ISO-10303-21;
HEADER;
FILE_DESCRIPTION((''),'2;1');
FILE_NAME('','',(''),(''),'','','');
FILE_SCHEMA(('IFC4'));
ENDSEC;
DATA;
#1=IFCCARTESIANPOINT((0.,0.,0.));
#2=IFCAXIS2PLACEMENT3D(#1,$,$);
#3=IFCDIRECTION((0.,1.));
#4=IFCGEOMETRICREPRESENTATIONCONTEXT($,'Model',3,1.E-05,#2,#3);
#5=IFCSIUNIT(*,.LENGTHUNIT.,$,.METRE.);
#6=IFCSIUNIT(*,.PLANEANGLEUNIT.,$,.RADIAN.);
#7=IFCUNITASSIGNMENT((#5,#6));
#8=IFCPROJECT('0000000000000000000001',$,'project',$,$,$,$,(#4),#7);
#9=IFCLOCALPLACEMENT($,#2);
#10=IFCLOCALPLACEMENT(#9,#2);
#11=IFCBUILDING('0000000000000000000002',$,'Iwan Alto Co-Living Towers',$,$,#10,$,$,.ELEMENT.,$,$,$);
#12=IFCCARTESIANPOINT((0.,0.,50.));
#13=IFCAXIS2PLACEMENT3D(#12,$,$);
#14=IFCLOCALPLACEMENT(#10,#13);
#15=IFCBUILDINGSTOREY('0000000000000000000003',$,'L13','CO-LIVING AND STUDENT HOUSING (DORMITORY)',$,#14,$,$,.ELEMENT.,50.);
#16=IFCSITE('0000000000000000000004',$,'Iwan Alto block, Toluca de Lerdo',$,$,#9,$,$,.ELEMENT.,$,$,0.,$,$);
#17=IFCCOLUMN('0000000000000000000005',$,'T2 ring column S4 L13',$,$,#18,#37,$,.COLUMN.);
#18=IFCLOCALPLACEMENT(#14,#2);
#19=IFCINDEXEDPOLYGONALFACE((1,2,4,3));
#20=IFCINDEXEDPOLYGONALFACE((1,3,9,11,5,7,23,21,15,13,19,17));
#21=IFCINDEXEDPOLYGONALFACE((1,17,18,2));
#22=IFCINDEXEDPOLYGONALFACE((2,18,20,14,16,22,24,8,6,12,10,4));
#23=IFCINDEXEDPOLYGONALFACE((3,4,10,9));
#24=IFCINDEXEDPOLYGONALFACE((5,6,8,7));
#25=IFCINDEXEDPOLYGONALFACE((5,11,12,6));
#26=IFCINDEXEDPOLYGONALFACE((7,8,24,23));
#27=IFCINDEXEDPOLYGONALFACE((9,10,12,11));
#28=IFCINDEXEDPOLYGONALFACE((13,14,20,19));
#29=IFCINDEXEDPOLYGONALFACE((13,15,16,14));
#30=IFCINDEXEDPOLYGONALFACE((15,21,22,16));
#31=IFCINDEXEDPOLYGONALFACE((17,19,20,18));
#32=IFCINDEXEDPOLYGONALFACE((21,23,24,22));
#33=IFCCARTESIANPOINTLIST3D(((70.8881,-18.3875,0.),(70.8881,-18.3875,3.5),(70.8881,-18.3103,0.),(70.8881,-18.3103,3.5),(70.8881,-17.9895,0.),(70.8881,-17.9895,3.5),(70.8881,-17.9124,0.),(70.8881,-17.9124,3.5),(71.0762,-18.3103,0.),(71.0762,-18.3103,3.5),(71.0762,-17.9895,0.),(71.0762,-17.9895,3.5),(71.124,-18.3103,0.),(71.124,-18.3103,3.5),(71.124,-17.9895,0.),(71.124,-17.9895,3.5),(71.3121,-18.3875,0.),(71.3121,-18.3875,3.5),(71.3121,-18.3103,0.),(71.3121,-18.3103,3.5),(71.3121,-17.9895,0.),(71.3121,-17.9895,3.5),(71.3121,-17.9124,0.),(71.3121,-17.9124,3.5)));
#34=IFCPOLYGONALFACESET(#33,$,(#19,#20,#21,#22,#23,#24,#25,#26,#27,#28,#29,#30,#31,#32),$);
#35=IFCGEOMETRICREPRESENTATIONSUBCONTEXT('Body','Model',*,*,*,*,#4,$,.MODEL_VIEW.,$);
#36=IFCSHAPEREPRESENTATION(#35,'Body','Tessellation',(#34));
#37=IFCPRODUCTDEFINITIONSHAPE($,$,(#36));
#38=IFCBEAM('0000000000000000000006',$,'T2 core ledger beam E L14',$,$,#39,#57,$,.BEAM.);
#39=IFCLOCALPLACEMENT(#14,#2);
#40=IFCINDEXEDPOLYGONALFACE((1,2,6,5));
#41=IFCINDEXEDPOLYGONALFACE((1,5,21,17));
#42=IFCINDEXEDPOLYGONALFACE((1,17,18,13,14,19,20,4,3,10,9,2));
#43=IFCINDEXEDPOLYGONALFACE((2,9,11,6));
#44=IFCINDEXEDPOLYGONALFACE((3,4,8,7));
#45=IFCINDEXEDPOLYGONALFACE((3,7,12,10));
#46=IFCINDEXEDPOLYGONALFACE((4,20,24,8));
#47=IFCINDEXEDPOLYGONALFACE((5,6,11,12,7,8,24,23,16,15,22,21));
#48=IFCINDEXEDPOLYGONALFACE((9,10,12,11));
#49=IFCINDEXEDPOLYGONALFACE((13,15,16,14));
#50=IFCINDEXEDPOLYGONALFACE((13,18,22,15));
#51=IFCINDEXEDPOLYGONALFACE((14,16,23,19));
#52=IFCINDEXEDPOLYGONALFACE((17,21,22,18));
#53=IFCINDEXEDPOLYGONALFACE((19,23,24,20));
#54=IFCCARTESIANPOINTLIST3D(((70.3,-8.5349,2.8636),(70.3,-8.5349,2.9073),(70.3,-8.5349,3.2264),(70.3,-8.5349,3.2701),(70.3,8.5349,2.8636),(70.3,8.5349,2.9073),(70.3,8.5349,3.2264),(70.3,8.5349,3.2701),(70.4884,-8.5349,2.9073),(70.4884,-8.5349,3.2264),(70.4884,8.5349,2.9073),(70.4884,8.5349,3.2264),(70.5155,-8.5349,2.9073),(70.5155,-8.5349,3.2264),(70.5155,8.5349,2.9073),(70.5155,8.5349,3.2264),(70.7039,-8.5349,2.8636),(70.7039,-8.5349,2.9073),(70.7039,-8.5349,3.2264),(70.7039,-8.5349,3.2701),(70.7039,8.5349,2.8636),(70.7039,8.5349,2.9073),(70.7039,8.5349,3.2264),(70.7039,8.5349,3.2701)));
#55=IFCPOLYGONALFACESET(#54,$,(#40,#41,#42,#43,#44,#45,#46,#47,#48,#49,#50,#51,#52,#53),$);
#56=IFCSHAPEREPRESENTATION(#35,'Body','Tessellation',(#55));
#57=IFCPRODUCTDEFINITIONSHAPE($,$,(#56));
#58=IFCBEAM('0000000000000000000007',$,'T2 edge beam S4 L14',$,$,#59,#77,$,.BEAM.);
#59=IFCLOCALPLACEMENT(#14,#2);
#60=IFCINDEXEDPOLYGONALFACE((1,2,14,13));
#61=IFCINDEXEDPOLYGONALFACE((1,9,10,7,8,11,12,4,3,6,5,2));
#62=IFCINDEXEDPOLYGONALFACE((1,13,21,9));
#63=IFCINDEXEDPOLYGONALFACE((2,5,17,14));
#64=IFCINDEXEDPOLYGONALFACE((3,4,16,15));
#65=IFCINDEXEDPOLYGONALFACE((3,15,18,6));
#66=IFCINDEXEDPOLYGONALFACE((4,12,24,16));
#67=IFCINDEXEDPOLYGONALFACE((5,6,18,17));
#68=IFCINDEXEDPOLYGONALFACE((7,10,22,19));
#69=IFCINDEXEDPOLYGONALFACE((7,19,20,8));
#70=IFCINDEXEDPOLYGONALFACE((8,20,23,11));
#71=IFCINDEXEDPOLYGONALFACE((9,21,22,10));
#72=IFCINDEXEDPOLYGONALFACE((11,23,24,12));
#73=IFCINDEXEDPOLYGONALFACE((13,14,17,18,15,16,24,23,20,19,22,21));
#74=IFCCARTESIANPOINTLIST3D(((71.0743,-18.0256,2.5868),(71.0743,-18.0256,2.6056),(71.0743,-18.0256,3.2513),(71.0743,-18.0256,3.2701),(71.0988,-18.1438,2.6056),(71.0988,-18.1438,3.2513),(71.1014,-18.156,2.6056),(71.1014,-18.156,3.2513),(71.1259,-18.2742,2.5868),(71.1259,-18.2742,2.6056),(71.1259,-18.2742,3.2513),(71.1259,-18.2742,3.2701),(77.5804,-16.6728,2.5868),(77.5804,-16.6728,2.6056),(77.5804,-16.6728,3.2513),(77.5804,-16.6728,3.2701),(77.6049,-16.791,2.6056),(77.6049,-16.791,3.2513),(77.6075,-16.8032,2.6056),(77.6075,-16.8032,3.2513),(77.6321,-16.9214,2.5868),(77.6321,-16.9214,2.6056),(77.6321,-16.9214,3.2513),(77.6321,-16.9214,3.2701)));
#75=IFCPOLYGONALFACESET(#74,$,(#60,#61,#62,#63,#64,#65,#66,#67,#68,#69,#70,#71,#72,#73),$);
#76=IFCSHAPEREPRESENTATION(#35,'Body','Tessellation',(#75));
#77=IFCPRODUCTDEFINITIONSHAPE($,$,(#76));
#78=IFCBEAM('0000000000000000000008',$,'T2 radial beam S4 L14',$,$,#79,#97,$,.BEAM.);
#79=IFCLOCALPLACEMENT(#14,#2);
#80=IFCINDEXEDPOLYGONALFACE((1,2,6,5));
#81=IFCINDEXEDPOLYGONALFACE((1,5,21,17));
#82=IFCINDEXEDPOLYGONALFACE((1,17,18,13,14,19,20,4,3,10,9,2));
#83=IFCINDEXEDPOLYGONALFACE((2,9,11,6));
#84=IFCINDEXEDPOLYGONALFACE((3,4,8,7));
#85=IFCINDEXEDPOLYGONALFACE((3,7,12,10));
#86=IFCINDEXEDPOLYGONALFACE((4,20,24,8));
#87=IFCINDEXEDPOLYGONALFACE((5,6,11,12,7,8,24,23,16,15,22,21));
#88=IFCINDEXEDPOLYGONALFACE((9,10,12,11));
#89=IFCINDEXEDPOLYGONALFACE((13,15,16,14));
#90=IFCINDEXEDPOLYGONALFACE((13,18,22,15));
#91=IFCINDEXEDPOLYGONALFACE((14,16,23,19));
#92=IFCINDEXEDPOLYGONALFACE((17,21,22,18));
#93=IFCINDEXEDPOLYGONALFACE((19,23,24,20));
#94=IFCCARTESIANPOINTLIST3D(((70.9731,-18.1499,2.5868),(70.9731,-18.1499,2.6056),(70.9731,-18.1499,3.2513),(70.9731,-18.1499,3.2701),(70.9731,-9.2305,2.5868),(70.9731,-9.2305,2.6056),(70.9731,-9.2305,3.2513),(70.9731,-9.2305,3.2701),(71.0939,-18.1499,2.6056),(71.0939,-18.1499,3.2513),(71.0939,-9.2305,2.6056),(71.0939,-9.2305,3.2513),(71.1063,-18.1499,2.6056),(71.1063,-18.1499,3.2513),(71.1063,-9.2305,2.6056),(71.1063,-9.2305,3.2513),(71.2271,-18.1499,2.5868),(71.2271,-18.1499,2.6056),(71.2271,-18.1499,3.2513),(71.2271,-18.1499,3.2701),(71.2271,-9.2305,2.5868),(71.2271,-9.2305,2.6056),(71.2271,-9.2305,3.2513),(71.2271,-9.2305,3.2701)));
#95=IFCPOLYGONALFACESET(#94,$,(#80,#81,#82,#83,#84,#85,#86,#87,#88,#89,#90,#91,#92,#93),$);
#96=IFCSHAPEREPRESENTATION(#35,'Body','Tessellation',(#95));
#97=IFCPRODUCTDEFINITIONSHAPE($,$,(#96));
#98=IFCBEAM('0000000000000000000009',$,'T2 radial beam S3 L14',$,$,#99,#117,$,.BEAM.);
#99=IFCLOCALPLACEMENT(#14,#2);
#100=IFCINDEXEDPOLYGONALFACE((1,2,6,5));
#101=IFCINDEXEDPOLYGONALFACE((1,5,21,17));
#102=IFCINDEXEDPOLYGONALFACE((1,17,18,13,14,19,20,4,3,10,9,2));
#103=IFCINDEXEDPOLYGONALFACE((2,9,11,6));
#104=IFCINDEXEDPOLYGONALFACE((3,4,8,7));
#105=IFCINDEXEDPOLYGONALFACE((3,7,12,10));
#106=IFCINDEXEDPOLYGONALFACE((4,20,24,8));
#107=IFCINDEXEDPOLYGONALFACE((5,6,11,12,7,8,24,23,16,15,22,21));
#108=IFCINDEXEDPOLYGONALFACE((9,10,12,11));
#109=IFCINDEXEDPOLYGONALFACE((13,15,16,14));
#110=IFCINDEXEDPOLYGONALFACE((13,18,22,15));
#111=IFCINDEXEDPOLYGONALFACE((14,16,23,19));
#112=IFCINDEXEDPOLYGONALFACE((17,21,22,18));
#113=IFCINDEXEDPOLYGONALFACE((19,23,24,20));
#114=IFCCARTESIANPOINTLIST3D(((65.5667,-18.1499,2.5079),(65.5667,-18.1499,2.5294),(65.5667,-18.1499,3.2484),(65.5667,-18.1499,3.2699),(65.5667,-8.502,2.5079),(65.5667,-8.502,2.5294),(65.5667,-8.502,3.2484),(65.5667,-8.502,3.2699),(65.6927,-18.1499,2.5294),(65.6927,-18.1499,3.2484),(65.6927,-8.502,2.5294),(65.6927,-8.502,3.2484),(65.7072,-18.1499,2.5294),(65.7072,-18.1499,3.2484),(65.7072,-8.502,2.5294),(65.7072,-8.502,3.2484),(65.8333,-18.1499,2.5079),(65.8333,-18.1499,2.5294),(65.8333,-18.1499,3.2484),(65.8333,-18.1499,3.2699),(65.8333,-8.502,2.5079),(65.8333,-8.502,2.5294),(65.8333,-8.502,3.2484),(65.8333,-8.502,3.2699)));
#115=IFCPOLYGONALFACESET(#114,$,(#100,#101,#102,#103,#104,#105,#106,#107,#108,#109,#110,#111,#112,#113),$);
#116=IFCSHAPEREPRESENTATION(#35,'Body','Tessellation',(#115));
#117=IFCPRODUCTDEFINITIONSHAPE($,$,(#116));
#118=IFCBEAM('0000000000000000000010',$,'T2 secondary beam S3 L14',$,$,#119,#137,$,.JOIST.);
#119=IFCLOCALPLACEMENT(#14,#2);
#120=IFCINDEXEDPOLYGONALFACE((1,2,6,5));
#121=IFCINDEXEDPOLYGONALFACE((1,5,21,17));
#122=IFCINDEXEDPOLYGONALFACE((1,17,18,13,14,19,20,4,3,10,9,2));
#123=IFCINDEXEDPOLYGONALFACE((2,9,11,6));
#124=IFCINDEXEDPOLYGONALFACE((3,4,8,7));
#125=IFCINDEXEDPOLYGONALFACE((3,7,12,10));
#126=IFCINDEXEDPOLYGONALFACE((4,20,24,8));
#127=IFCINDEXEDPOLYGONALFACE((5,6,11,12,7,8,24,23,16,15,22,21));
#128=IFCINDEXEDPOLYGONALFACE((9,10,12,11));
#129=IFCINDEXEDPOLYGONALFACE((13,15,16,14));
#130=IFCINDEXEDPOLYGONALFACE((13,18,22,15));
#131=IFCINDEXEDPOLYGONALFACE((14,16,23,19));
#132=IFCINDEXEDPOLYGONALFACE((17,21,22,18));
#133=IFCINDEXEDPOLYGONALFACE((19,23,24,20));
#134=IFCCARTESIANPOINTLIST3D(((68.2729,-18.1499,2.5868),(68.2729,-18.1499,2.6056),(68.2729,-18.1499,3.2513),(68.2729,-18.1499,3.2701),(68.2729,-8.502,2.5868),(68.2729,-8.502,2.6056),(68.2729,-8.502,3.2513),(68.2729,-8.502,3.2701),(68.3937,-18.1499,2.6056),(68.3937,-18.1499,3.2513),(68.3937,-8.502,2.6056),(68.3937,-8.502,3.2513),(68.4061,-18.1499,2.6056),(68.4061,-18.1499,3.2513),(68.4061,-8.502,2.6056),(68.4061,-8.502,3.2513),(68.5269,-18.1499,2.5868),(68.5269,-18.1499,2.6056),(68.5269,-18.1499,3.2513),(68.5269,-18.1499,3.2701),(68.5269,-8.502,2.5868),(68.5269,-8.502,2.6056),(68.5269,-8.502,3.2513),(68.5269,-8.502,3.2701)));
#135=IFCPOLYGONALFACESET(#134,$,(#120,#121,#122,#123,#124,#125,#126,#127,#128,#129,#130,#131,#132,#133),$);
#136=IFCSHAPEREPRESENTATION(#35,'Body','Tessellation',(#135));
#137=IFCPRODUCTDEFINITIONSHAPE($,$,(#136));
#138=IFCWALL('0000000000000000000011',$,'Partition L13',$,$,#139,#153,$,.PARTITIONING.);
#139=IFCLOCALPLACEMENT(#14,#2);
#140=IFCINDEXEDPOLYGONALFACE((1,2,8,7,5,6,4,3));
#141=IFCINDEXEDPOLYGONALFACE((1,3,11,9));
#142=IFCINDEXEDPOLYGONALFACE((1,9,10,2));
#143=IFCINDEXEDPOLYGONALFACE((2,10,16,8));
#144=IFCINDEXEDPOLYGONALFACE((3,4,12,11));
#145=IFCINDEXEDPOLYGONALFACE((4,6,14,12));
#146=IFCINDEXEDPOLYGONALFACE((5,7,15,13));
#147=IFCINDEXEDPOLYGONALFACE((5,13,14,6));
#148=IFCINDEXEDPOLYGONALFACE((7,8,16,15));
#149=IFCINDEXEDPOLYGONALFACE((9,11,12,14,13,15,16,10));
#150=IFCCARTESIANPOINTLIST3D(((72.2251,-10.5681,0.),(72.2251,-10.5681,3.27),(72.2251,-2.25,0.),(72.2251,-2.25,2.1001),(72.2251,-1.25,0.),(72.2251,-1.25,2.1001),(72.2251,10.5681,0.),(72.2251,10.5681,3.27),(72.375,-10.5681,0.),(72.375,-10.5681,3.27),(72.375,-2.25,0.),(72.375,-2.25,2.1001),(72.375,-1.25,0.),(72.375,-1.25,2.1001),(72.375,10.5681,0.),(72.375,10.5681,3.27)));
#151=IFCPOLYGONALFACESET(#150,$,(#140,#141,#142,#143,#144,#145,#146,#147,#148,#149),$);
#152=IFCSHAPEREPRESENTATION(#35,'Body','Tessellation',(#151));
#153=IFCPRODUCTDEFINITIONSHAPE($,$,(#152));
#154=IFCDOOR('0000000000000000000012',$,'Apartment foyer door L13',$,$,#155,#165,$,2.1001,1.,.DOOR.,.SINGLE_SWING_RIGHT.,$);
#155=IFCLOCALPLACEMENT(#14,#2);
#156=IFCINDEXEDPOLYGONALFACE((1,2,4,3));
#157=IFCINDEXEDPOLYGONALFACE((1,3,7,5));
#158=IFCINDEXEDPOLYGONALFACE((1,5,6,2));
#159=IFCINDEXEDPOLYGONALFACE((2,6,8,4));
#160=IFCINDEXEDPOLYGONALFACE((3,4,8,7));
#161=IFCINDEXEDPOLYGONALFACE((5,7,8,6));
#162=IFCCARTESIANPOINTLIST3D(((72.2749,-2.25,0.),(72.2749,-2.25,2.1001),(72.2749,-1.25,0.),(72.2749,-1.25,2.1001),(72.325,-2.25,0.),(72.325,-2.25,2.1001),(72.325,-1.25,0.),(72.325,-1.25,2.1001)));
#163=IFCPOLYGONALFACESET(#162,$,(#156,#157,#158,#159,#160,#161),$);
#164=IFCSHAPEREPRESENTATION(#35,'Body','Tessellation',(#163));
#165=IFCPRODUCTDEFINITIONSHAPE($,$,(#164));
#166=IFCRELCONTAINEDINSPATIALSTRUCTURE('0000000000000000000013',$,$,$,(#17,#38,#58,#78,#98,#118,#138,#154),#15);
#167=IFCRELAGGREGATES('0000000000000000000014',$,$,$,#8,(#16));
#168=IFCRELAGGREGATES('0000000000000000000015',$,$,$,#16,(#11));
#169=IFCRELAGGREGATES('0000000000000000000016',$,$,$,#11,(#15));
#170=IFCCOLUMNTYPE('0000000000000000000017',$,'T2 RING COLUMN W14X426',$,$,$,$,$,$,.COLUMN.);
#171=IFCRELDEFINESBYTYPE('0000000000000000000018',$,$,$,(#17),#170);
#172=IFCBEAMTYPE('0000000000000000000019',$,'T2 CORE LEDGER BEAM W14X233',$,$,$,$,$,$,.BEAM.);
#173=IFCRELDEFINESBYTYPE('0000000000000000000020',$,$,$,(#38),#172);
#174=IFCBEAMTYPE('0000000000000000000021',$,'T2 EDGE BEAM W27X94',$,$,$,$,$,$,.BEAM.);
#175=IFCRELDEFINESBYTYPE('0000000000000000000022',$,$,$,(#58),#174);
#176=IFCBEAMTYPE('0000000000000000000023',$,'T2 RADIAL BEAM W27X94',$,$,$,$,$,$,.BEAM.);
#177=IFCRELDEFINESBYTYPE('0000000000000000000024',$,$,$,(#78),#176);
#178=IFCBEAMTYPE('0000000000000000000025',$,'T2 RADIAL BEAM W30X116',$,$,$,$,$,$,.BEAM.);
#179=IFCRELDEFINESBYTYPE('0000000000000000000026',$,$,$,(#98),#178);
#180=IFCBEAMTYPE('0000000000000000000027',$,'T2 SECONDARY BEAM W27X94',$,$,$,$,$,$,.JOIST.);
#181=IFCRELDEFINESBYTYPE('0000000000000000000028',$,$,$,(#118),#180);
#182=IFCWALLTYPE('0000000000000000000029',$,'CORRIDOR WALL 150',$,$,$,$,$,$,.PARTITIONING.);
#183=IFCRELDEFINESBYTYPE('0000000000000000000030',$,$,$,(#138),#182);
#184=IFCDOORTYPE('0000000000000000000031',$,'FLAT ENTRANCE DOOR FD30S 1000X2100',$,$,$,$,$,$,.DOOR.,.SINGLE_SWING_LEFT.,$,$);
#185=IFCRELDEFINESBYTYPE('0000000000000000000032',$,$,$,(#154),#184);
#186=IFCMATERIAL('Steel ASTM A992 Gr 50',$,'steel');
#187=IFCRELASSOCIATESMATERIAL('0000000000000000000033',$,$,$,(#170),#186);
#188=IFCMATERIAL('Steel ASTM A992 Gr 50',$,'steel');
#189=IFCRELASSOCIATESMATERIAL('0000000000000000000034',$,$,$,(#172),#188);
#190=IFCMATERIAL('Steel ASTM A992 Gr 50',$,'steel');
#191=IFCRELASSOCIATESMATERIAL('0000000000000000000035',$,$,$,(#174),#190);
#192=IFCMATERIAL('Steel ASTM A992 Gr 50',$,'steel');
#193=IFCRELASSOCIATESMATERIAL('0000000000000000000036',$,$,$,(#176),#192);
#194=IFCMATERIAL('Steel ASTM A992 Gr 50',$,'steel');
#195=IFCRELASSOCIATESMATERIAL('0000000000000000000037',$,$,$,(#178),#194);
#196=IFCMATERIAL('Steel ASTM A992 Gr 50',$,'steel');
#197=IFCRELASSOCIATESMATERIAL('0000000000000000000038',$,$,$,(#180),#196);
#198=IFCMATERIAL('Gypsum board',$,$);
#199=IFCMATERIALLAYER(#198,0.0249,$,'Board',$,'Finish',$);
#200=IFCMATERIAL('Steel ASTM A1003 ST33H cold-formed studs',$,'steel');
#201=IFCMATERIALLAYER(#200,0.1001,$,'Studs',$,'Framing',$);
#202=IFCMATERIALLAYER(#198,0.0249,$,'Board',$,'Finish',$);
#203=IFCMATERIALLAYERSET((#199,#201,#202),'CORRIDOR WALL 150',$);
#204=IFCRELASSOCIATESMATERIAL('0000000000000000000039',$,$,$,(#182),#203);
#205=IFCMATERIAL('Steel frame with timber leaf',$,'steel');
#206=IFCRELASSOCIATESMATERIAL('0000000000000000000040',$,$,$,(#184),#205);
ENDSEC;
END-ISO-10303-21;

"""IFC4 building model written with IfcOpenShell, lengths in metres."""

from ifc_helpers import new_model, si_unit, direction, frame, frame_2d, origin, origin_2d, place, context, subcontext, project, spatial, rectangle, i_section, extrude, material, layer, layer_set, material_profile, profile_set, type_object, element, fill, save


model = new_model("IFC4")

# Units and contexts
model_context = context("Model", 3, precision=1e-05, world=origin(), true_north=direction((0.0, 1.0)))
body_context = subcontext(model_context, "Body", "Model", "MODEL_VIEW")
ifc_project = project(units=[si_unit("LENGTHUNIT", "METRE"), si_unit("PLANEANGLEUNIT", "RADIAN")], contexts=[model_context])

# Site, building, storey
site_placement = place(None, origin())
site = spatial("IfcSite", under=ifc_project, at=site_placement, Name="Iwan Alto block, Toluca de Lerdo", CompositionType="ELEMENT", RefElevation=0.0)
building_placement = place(site_placement, origin())
building = spatial("IfcBuilding", under=site, at=building_placement, Name="Iwan Alto Co-Living Towers", CompositionType="ELEMENT")
storey_placement = place(building_placement, frame((0.0, 0.0, 50.0)))
storey = spatial("IfcBuildingStorey", under=building, at=storey_placement, Name="L13", Description="CO-LIVING AND STUDENT HOUSING (DORMITORY)", CompositionType="ELEMENT", Elevation=50.0)

# Column
ifc_material_1 = material(Name="Steel ASTM A992 Gr 50", Category="steel")
ifc_material_profile_1 = material_profile(ifc_material_1, i_section(OverallWidth=0.4241, OverallDepth=0.4751, WebThickness=0.0479, FlangeThickness=0.0771, at=origin_2d()), Name="W14X426")
ifc_profile_set_1 = profile_set([ifc_material_profile_1], Name="Steel ASTM A992 Gr 50")
column_type = type_object("IfcColumnType", Name="T2 RING COLUMN W14X426", PredefinedType="COLUMN", material=ifc_profile_set_1)
column_placement = place(storey_placement, frame((71.1001, -18.1499, 0.0), z_axis=(0.0, 0.0, 1.0), x_axis=(1.0, 0.0, 0.0)))
element("IfcColumn", 1, at=column_placement, inside=storey, type_object=column_type, Name="T2 ring column S4 L13", PredefinedType="COLUMN", context=body_context, shape_type="SweptSolid", body=[
    extrude(i_section(OverallWidth=0.4241, OverallDepth=0.4751, WebThickness=0.0479, FlangeThickness=0.0771, at=origin_2d()), origin(), (0.0, 0.0, 1.0), 3.5),
])

# Beams
ifc_material_2 = material(Name="Steel ASTM A992 Gr 50", Category="steel")
ifc_material_profile_2 = material_profile(ifc_material_2, i_section(OverallWidth=0.4038, OverallDepth=0.4065, WebThickness=0.0271, FlangeThickness=0.0437, at=origin_2d()), Name="W14X233")
ifc_profile_set_2 = profile_set([ifc_material_profile_2], Name="Steel ASTM A992 Gr 50")
beam_type_1 = type_object("IfcBeamType", Name="T2 CORE LEDGER BEAM W14X233", PredefinedType="BEAM", material=ifc_profile_set_2)
beam_1_placement = place(storey_placement, frame((70.502, -8.5349, 3.0669), z_axis=(0.0, 1.0, 0.0), x_axis=(-1.0, 0.0, 0.0)))
element("IfcBeam", 2, at=beam_1_placement, inside=storey, type_object=beam_type_1, Name="T2 core ledger beam E L14", PredefinedType="BEAM", context=body_context, shape_type="SweptSolid", body=[
    extrude(i_section(OverallWidth=0.4038, OverallDepth=0.4065, WebThickness=0.0271, FlangeThickness=0.0437, at=origin_2d()), origin(), (0.0, 0.0, 1.0), 17.0698),
])
ifc_material_3 = material(Name="Steel ASTM A992 Gr 50", Category="steel")
ifc_material_profile_3 = material_profile(ifc_material_3, i_section(OverallWidth=0.2539, OverallDepth=0.6833, WebThickness=0.0125, FlangeThickness=0.0188, at=origin_2d()), Name="W27X94")
ifc_profile_set_3 = profile_set([ifc_material_profile_3], Name="Steel ASTM A992 Gr 50")
beam_type_2 = type_object("IfcBeamType", Name="T2 EDGE BEAM W27X94", PredefinedType="BEAM", material=ifc_profile_set_3)
beam_2_placement = place(storey_placement, frame((71.1001, -18.1499, 2.9285), z_axis=(0.97906, 0.203571, 0.0), x_axis=(-0.203571, 0.97906, 0.0)))
element("IfcBeam", 3, at=beam_2_placement, inside=storey, type_object=beam_type_2, Name="T2 edge beam S4 L14", PredefinedType="BEAM", context=body_context, shape_type="SweptSolid", body=[
    extrude(i_section(OverallWidth=0.2539, OverallDepth=0.6833, WebThickness=0.0125, FlangeThickness=0.0188, at=origin_2d()), origin(), (0.0, 0.0, 1.0), 6.6453),
])
ifc_material_4 = material(Name="Steel ASTM A992 Gr 50", Category="steel")
ifc_material_profile_4 = material_profile(ifc_material_4, i_section(OverallWidth=0.2539, OverallDepth=0.6833, WebThickness=0.0125, FlangeThickness=0.0188, at=origin_2d()), Name="W27X94")
ifc_profile_set_4 = profile_set([ifc_material_profile_4], Name="Steel ASTM A992 Gr 50")
beam_type_3 = type_object("IfcBeamType", Name="T2 RADIAL BEAM W27X94", PredefinedType="BEAM", material=ifc_profile_set_4)
beam_3_placement = place(storey_placement, frame((71.1001, -18.1499, 2.9285), z_axis=(0.0, 1.0, 0.0), x_axis=(-1.0, 0.0, 0.0)))
element("IfcBeam", 4, at=beam_3_placement, inside=storey, type_object=beam_type_3, Name="T2 radial beam S4 L14", PredefinedType="BEAM", context=body_context, shape_type="SweptSolid", body=[
    extrude(i_section(OverallWidth=0.2539, OverallDepth=0.6833, WebThickness=0.0125, FlangeThickness=0.0188, at=origin_2d()), origin(), (0.0, 0.0, 1.0), 8.9194),
])
ifc_material_5 = material(Name="Steel ASTM A992 Gr 50", Category="steel")
ifc_material_profile_5 = material_profile(ifc_material_5, i_section(OverallWidth=0.2666, OverallDepth=0.762, WebThickness=0.0144, FlangeThickness=0.0215, at=origin_2d()), Name="W30X116")
ifc_profile_set_5 = profile_set([ifc_material_profile_5], Name="Steel ASTM A992 Gr 50")
beam_type_4 = type_object("IfcBeamType", Name="T2 RADIAL BEAM W30X116", PredefinedType="BEAM", material=ifc_profile_set_5)
beam_4_placement = place(storey_placement, frame((65.7, -18.1499, 2.8889), z_axis=(0.0, 1.0, 0.0), x_axis=(-1.0, 0.0, 0.0)))
element("IfcBeam", 5, at=beam_4_placement, inside=storey, type_object=beam_type_4, Name="T2 radial beam S3 L14", PredefinedType="BEAM", context=body_context, shape_type="SweptSolid", body=[
    extrude(i_section(OverallWidth=0.2666, OverallDepth=0.762, WebThickness=0.0144, FlangeThickness=0.0215, at=origin_2d()), origin(), (0.0, 0.0, 1.0), 9.6479),
])
ifc_material_6 = material(Name="Steel ASTM A992 Gr 50", Category="steel")
ifc_material_profile_6 = material_profile(ifc_material_6, i_section(OverallWidth=0.2539, OverallDepth=0.6833, WebThickness=0.0125, FlangeThickness=0.0188, at=origin_2d()), Name="W27X94")
ifc_profile_set_6 = profile_set([ifc_material_profile_6], Name="Steel ASTM A992 Gr 50")
beam_type_5 = type_object("IfcBeamType", Name="T2 SECONDARY BEAM W27X94", PredefinedType="JOIST", material=ifc_profile_set_6)
beam_5_placement = place(storey_placement, frame((68.3999, -18.1499, 2.9285), z_axis=(0.0, 1.0, 0.0), x_axis=(-1.0, 0.0, 0.0)))
element("IfcBeam", 6, at=beam_5_placement, inside=storey, type_object=beam_type_5, Name="T2 secondary beam S3 L14", PredefinedType="JOIST", context=body_context, shape_type="SweptSolid", body=[
    extrude(i_section(OverallWidth=0.2539, OverallDepth=0.6833, WebThickness=0.0125, FlangeThickness=0.0188, at=origin_2d()), origin(), (0.0, 0.0, 1.0), 9.6479),
])

# Wall, opening, door
ifc_material_7 = material(Name="Gypsum board")
ifc_layer_1 = layer(ifc_material_7, 0.0249, Name="Board", Category="Finish")
ifc_material_8 = material(Name="Steel ASTM A1003 ST33H cold-formed studs", Category="steel")
ifc_layer_2 = layer(ifc_material_8, 0.1001, Name="Studs", Category="Framing")
ifc_layer_3 = layer(ifc_material_7, 0.0249, Name="Board", Category="Finish")
ifc_layer_set_1 = layer_set([ifc_layer_1, ifc_layer_2, ifc_layer_3], Name="CORRIDOR WALL 150")
wall_type_1 = type_object("IfcWallType", Name="CORRIDOR WALL 150", PredefinedType="PARTITIONING", material=ifc_layer_set_1)
wall_1_placement = place(storey_placement, frame((72.3, -10.5681, 0.0), z_axis=(0.0, 0.0, 1.0), x_axis=(0.0, 1.0, 0.0)))
wall_1 = element("IfcWall", 7, at=wall_1_placement, inside=storey, type_object=wall_type_1, Name="Partition L13", PredefinedType="PARTITIONING", context=body_context, shape_type="SweptSolid", body=[
    extrude(rectangle(XDim=21.1362, YDim=0.1499, at=frame_2d((10.5681, 0.0))), origin(), (0.0, 0.0, 1.0), 3.27),
])
opening_1_placement = place(wall_1_placement, frame((8.3181, 0.0, 0.0)))
opening_1 = element("IfcOpeningElement", 8, at=opening_1_placement, cuts=wall_1, PredefinedType="OPENING", context=body_context, shape_type="SweptSolid", body=[
    extrude(rectangle(XDim=1.0, YDim=2.1001, at=frame_2d((0.5, 1.05))), frame((0.0, 0.085, 0.0), z_axis=(0.0, -1.0, 0.0), x_axis=(1.0, 0.0, 0.0)), (0.0, 0.0, 1.0), 0.1699),
])
ifc_material_9 = material(Name="Steel frame with timber leaf", Category="steel")
door_type_1 = type_object("IfcDoorType", Name="FLAT ENTRANCE DOOR FD30S 1000X2100", OperationType="SINGLE_SWING_LEFT", PredefinedType="DOOR", material=ifc_material_9)
door_1_placement = place(opening_1_placement, frame((1.0, 0.0, 0.0), z_axis=(0.0, 0.0, 1.0), x_axis=(-1.0, 0.0, 0.0)))
door_1 = element("IfcDoor", 9, at=door_1_placement, inside=storey, type_object=door_type_1, Name="Apartment foyer door L13", OperationType="SINGLE_SWING_RIGHT", OverallHeight=2.1001, OverallWidth=1.0, PredefinedType="DOOR", context=body_context, shape_type="SweptSolid", body=[
    extrude(rectangle(XDim=1.0, YDim=2.1001, at=frame_2d((0.5, 1.05))), frame((0.0, 0.0249, 0.0), z_axis=(0.0, -1.0, 0.0), x_axis=(1.0, 0.0, 0.0)), (0.0, 0.0, 1.0), 0.05),
])
fill(opening_1, door_1)

save(model, "model.ifc")
